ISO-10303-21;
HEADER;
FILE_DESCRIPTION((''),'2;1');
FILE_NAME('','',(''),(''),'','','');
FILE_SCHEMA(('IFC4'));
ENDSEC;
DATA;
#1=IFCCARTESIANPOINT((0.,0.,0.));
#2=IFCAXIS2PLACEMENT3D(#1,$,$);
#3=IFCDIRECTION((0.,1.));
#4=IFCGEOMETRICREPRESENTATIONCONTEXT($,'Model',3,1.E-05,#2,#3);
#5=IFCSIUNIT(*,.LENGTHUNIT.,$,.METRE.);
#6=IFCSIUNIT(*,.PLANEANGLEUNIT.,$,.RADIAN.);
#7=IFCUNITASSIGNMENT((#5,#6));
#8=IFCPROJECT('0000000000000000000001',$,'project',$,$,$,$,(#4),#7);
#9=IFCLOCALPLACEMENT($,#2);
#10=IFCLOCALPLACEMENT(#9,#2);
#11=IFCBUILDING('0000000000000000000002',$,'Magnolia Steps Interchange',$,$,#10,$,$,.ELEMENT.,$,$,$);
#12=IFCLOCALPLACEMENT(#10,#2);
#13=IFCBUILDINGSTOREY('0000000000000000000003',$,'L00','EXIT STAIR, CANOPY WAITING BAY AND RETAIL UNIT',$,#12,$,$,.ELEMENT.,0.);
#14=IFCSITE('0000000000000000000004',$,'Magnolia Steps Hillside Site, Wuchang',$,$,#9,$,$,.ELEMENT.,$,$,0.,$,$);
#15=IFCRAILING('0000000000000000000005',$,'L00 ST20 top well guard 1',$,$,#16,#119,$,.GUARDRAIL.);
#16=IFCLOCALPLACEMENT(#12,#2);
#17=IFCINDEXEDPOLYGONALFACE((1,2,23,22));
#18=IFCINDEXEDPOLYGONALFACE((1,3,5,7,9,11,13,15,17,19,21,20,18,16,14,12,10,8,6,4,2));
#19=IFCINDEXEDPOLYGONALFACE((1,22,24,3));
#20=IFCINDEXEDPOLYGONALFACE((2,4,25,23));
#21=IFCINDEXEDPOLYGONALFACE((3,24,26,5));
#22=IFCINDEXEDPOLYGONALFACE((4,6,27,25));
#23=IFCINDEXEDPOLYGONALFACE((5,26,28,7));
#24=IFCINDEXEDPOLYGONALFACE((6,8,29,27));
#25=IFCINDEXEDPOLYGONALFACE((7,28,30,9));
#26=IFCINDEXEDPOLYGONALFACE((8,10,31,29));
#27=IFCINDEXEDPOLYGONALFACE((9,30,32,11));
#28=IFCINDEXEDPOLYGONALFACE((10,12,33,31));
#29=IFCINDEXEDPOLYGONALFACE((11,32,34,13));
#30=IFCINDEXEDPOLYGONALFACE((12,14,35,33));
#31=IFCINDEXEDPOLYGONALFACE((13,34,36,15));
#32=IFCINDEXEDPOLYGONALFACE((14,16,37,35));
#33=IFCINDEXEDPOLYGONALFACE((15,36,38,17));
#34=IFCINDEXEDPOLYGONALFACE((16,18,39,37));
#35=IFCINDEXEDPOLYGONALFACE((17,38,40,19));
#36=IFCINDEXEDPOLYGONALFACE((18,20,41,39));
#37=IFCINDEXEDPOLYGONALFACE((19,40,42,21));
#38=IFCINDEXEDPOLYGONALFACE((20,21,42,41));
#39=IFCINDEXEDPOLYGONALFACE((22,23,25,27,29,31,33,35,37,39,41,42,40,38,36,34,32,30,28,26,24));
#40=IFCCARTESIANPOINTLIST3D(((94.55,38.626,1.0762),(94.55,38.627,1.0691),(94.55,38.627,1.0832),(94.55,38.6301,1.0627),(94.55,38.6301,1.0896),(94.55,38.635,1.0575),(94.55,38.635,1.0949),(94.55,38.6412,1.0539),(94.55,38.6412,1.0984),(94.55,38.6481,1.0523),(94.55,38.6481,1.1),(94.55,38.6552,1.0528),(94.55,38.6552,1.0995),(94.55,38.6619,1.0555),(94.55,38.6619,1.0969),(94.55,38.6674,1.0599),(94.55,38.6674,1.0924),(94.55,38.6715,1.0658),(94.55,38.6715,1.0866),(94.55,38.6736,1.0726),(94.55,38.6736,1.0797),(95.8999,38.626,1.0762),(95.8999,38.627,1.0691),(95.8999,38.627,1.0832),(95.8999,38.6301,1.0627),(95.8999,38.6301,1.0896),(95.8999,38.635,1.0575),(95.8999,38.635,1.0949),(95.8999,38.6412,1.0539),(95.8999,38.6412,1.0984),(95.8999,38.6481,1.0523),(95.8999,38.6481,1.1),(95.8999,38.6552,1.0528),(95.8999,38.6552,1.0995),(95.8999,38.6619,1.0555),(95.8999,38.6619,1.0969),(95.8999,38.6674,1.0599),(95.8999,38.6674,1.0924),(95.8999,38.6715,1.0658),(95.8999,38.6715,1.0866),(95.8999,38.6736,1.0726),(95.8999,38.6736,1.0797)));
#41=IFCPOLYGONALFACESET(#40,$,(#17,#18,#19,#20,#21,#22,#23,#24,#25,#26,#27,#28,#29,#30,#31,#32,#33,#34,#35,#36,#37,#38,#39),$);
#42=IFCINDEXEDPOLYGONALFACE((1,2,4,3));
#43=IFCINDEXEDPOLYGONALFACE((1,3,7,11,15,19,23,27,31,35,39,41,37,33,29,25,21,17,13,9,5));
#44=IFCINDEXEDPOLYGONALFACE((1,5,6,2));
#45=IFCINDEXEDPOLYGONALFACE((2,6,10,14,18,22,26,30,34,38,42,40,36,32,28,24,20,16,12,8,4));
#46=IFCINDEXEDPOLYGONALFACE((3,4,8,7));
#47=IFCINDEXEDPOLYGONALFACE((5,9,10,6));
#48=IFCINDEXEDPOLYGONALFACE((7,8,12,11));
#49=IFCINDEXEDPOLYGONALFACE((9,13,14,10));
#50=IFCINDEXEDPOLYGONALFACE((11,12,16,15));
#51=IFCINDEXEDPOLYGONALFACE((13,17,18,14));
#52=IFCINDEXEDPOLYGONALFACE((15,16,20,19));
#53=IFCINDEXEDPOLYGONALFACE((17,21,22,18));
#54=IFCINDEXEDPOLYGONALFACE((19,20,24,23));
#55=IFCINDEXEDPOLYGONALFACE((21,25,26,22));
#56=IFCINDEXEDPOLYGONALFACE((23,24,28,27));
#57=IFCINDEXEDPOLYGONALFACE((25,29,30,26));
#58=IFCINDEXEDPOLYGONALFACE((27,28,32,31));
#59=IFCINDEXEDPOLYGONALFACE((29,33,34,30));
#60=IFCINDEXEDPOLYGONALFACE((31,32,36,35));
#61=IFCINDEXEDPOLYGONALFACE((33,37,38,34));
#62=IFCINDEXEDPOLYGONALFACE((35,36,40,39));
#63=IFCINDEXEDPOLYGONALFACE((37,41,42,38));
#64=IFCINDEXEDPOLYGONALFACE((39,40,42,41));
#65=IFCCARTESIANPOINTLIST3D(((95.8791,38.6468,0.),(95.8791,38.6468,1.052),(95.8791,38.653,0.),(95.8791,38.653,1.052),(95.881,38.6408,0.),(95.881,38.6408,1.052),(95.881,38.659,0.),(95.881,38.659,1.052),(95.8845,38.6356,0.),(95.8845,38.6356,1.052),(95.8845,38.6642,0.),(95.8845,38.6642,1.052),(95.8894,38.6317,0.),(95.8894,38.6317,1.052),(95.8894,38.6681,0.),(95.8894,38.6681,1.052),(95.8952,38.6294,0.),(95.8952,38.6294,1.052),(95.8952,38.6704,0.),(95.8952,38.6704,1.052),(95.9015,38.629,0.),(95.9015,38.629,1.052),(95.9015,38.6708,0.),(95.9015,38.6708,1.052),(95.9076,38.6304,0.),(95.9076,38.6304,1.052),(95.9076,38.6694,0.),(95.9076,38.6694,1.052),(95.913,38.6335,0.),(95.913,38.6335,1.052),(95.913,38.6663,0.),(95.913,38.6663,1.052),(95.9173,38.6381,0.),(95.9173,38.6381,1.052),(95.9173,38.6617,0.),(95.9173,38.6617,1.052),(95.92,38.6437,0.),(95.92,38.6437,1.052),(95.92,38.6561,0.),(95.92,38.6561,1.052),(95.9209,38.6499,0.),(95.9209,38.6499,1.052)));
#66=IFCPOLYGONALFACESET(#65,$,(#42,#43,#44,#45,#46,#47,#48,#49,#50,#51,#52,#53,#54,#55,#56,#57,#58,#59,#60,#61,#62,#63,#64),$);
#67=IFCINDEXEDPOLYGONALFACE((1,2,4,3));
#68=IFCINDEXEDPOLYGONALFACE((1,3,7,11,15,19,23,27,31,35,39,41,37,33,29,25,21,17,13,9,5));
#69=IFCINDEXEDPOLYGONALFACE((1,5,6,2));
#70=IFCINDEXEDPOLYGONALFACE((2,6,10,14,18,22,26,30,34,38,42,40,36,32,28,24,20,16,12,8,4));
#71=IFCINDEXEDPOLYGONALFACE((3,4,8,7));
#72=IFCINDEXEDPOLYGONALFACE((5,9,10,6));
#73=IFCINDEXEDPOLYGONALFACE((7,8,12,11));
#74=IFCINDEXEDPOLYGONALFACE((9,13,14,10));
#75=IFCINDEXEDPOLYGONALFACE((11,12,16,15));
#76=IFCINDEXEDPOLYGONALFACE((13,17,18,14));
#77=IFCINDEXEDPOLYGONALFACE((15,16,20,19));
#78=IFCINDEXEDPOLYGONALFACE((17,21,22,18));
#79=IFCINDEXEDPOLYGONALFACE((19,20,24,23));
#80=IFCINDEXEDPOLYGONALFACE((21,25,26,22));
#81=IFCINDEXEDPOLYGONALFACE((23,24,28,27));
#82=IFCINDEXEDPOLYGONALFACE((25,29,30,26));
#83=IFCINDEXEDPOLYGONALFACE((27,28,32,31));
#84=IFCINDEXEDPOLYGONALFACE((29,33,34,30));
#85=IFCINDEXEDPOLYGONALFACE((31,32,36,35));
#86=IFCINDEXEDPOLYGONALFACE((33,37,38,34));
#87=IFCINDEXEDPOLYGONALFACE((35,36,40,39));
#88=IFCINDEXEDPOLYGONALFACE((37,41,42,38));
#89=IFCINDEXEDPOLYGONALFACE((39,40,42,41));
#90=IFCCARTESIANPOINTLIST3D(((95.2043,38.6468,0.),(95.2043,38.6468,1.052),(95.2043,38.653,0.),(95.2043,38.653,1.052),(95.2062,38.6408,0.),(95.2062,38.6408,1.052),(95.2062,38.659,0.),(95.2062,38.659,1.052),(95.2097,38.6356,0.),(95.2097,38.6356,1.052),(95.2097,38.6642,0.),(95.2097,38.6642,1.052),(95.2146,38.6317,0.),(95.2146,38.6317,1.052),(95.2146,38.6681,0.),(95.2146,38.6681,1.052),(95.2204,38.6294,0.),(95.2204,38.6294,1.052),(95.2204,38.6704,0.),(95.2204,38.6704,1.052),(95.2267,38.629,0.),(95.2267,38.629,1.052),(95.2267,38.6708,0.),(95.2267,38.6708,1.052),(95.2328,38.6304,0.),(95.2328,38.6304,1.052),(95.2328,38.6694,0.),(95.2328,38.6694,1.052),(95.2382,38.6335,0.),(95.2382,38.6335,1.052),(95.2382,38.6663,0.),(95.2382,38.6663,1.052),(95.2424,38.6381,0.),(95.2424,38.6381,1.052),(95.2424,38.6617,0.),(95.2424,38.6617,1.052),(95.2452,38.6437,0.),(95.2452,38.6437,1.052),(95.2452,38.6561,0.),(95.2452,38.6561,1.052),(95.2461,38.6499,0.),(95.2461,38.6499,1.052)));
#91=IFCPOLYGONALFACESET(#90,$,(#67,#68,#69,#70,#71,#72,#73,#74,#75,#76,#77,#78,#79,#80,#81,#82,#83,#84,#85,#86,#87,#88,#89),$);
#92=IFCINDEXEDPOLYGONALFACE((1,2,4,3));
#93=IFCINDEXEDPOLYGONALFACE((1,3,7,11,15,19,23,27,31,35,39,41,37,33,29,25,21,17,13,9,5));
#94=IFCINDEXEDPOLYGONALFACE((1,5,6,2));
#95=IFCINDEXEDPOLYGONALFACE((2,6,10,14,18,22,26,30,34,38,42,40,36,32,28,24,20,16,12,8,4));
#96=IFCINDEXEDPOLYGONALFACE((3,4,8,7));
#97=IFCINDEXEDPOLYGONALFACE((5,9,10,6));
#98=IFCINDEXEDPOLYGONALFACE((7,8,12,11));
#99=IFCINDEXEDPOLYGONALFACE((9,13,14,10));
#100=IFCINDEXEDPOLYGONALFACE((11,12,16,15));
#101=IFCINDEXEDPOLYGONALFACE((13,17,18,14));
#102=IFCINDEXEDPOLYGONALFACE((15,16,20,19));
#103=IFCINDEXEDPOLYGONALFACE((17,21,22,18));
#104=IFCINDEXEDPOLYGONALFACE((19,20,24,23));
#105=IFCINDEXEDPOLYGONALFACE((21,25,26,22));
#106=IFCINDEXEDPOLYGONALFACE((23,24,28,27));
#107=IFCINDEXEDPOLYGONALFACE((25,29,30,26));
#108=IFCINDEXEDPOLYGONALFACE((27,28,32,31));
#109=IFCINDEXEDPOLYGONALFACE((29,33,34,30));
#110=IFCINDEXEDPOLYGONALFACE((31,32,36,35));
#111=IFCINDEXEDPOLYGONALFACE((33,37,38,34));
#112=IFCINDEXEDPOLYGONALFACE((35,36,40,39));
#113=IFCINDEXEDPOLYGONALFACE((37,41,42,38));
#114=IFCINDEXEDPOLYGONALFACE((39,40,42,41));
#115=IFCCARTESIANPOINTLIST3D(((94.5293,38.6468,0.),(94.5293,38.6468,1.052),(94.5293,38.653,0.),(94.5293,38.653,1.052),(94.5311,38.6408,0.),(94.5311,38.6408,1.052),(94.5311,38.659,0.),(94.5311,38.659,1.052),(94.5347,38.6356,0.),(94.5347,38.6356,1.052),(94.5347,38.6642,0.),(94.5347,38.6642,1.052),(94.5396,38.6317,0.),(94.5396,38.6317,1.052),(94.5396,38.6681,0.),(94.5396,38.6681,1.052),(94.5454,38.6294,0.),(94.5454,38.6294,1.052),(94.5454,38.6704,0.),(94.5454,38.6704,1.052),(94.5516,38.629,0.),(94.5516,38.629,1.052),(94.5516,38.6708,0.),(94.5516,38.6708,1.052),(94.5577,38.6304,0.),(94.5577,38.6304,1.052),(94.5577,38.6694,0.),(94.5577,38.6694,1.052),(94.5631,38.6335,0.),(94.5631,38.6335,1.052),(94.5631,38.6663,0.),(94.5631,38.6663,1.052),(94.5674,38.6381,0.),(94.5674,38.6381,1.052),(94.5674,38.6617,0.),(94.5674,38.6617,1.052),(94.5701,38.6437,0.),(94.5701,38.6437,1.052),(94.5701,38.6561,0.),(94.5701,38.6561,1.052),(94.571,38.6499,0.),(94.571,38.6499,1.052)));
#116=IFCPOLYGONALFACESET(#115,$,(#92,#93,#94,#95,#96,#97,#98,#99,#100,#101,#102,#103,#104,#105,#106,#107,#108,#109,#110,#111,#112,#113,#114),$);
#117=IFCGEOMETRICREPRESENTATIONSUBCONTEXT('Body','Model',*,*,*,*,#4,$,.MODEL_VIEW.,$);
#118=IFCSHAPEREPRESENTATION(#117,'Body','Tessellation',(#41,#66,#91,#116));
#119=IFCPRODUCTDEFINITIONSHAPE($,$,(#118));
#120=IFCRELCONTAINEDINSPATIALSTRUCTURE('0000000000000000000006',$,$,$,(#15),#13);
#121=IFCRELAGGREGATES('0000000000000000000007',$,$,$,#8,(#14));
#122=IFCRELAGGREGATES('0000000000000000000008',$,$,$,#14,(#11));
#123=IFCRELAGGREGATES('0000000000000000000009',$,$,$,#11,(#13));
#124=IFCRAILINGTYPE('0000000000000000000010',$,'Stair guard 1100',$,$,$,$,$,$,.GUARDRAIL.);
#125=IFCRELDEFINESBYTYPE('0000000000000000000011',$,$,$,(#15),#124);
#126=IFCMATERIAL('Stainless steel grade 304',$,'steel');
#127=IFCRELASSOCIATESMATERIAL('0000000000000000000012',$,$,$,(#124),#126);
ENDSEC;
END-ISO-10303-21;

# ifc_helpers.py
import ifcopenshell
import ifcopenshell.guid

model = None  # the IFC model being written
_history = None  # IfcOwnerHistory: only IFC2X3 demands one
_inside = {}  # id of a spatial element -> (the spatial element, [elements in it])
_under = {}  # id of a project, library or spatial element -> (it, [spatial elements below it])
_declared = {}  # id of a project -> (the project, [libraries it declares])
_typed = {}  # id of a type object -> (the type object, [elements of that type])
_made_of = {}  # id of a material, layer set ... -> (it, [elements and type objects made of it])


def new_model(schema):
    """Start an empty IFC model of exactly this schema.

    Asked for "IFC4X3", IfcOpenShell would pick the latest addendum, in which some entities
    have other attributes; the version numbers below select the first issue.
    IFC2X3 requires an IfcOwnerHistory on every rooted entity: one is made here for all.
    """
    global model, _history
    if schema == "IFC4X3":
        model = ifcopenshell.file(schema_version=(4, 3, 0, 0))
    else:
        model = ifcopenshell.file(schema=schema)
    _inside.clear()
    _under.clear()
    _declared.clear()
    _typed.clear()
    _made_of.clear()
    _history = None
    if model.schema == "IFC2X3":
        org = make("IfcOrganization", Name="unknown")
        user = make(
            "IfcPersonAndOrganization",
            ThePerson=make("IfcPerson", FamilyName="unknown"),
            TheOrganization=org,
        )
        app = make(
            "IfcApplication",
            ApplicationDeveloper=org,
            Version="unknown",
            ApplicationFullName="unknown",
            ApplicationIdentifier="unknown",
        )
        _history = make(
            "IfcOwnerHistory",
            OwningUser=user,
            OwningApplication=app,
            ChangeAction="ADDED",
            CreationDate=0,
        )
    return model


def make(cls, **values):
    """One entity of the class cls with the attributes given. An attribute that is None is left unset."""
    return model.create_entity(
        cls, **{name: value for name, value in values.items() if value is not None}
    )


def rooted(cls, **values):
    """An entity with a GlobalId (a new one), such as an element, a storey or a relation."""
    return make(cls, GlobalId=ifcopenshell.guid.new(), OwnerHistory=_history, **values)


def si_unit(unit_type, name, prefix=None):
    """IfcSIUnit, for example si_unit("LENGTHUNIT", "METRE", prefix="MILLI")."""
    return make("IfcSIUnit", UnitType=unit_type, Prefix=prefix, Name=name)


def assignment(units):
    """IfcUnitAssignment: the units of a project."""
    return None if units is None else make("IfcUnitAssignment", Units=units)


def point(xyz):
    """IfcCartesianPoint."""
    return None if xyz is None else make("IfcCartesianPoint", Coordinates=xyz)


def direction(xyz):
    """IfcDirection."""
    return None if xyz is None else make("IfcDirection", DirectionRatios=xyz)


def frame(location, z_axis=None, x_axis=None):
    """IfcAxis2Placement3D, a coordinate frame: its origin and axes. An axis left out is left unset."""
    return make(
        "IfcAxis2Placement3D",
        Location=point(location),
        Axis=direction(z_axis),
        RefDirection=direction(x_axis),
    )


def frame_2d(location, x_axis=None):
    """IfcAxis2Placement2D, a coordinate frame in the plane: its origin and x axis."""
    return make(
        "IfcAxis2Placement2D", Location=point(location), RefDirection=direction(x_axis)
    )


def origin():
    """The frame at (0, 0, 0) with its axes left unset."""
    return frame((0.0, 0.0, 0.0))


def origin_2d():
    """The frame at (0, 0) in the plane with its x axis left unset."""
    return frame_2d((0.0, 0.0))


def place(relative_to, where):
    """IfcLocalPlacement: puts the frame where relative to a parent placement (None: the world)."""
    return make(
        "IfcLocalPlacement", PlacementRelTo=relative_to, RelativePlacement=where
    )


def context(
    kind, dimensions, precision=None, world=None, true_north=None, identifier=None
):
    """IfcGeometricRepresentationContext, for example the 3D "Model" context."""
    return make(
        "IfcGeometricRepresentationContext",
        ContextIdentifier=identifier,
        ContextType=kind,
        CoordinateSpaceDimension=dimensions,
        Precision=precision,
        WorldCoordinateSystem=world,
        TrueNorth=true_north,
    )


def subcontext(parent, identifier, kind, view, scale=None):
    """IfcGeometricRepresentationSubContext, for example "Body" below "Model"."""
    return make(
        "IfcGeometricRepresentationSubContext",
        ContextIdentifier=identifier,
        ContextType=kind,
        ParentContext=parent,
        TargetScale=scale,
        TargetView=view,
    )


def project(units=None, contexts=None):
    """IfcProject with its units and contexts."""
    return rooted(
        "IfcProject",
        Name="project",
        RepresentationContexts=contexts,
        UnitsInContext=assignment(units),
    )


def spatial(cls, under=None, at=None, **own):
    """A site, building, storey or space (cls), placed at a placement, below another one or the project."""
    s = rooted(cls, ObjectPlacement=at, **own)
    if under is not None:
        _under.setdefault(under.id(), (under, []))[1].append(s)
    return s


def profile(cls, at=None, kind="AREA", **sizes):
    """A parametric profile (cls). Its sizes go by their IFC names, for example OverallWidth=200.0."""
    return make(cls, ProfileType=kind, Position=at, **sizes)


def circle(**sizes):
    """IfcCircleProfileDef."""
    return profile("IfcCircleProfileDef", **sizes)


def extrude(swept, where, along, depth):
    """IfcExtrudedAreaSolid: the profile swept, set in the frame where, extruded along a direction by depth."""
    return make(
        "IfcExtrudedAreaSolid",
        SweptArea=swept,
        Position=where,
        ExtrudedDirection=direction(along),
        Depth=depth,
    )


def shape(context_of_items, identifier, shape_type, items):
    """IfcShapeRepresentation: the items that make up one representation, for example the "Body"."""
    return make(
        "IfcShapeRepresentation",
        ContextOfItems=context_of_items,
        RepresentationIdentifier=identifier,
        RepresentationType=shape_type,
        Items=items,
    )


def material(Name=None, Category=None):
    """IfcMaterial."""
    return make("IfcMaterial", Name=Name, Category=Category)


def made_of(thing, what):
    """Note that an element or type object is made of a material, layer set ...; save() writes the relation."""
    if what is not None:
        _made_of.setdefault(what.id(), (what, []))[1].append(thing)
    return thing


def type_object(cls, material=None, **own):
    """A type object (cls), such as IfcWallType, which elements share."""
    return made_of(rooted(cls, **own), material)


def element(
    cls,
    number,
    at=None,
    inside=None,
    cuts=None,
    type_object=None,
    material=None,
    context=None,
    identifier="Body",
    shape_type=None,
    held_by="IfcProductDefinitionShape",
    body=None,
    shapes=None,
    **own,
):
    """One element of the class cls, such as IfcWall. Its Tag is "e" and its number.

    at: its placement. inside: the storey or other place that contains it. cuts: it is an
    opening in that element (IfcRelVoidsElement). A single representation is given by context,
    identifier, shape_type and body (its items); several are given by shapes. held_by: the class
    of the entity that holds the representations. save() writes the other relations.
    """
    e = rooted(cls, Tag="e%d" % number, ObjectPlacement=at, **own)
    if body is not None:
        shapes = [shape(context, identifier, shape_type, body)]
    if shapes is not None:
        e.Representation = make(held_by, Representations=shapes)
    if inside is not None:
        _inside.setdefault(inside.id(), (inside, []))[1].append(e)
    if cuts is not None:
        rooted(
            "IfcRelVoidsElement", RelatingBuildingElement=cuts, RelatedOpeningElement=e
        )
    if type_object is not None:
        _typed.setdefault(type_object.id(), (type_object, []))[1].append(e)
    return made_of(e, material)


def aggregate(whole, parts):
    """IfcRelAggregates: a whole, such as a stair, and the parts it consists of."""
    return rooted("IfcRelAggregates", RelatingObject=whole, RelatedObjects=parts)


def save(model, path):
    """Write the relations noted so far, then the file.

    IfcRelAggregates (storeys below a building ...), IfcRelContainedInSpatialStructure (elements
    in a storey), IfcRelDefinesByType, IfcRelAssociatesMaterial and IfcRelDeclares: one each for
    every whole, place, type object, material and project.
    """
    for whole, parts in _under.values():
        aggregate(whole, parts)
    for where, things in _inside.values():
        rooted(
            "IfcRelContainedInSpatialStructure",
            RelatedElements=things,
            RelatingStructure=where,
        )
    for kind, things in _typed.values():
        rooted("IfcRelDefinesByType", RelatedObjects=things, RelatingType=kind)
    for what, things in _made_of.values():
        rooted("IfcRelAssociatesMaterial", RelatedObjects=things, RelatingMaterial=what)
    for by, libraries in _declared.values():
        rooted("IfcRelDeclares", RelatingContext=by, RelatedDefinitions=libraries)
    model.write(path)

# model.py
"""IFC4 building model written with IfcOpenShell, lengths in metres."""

from ifc_helpers import new_model, si_unit, direction, frame, origin, origin_2d, place, context, subcontext, project, spatial, circle, extrude, material, type_object, element, save


model = new_model("IFC4")

# Units and contexts
model_context = context("Model", 3, precision=1e-05, world=origin(), true_north=direction((0.0, 1.0)))
body_context = subcontext(model_context, "Body", "Model", "MODEL_VIEW")
ifc_project = project(units=[si_unit("LENGTHUNIT", "METRE"), si_unit("PLANEANGLEUNIT", "RADIAN")], contexts=[model_context])

# Site, building, storey
site_placement = place(None, origin())
site = spatial("IfcSite", under=ifc_project, at=site_placement, Name="Magnolia Steps Hillside Site, Wuchang", CompositionType="ELEMENT", RefElevation=0.0)
building_placement = place(site_placement, origin())
building = spatial("IfcBuilding", under=site, at=building_placement, Name="Magnolia Steps Interchange", CompositionType="ELEMENT")
storey_placement = place(building_placement, origin())
storey = spatial("IfcBuildingStorey", under=building, at=storey_placement, Name="L00", Description="EXIT STAIR, CANOPY WAITING BAY AND RETAIL UNIT", CompositionType="ELEMENT", Elevation=0.0)

# Railing
ifc_material_1 = material(Name="Stainless steel grade 304", Category="steel")
railing_type = type_object("IfcRailingType", Name="Stair guard 1100", PredefinedType="GUARDRAIL", material=ifc_material_1)
for number, where, name in (
    (1, (95.8999, 38.6499, 0.0), "L00 ST20 top well guard 1"),
):
    element("IfcRailing", number, at=place(storey_placement, frame(where)), inside=storey, type_object=railing_type, Name=name, PredefinedType="GUARDRAIL", context=body_context, shape_type="SweptSolid", body=[
        extrude(circle(Radius=0.0239, at=origin_2d()), frame((0.0, 0.0, 1.0762), z_axis=(-1.0, 0.0, 0.0), x_axis=(0.0, -1.0, 0.0)), (0.0, 0.0, 1.0), 1.3499),
        extrude(circle(Radius=0.021, at=origin_2d()), origin(), (0.0, 0.0, 1.0), 1.052),
        extrude(circle(Radius=0.021, at=origin_2d()), frame((-0.6748, 0.0, 0.0)), (0.0, 0.0, 1.0), 1.052),
        extrude(circle(Radius=0.021, at=origin_2d()), frame((-1.3499, 0.0, 0.0)), (0.0, 0.0, 1.0), 1.052),
    ])

save(model, "model.ifc")
